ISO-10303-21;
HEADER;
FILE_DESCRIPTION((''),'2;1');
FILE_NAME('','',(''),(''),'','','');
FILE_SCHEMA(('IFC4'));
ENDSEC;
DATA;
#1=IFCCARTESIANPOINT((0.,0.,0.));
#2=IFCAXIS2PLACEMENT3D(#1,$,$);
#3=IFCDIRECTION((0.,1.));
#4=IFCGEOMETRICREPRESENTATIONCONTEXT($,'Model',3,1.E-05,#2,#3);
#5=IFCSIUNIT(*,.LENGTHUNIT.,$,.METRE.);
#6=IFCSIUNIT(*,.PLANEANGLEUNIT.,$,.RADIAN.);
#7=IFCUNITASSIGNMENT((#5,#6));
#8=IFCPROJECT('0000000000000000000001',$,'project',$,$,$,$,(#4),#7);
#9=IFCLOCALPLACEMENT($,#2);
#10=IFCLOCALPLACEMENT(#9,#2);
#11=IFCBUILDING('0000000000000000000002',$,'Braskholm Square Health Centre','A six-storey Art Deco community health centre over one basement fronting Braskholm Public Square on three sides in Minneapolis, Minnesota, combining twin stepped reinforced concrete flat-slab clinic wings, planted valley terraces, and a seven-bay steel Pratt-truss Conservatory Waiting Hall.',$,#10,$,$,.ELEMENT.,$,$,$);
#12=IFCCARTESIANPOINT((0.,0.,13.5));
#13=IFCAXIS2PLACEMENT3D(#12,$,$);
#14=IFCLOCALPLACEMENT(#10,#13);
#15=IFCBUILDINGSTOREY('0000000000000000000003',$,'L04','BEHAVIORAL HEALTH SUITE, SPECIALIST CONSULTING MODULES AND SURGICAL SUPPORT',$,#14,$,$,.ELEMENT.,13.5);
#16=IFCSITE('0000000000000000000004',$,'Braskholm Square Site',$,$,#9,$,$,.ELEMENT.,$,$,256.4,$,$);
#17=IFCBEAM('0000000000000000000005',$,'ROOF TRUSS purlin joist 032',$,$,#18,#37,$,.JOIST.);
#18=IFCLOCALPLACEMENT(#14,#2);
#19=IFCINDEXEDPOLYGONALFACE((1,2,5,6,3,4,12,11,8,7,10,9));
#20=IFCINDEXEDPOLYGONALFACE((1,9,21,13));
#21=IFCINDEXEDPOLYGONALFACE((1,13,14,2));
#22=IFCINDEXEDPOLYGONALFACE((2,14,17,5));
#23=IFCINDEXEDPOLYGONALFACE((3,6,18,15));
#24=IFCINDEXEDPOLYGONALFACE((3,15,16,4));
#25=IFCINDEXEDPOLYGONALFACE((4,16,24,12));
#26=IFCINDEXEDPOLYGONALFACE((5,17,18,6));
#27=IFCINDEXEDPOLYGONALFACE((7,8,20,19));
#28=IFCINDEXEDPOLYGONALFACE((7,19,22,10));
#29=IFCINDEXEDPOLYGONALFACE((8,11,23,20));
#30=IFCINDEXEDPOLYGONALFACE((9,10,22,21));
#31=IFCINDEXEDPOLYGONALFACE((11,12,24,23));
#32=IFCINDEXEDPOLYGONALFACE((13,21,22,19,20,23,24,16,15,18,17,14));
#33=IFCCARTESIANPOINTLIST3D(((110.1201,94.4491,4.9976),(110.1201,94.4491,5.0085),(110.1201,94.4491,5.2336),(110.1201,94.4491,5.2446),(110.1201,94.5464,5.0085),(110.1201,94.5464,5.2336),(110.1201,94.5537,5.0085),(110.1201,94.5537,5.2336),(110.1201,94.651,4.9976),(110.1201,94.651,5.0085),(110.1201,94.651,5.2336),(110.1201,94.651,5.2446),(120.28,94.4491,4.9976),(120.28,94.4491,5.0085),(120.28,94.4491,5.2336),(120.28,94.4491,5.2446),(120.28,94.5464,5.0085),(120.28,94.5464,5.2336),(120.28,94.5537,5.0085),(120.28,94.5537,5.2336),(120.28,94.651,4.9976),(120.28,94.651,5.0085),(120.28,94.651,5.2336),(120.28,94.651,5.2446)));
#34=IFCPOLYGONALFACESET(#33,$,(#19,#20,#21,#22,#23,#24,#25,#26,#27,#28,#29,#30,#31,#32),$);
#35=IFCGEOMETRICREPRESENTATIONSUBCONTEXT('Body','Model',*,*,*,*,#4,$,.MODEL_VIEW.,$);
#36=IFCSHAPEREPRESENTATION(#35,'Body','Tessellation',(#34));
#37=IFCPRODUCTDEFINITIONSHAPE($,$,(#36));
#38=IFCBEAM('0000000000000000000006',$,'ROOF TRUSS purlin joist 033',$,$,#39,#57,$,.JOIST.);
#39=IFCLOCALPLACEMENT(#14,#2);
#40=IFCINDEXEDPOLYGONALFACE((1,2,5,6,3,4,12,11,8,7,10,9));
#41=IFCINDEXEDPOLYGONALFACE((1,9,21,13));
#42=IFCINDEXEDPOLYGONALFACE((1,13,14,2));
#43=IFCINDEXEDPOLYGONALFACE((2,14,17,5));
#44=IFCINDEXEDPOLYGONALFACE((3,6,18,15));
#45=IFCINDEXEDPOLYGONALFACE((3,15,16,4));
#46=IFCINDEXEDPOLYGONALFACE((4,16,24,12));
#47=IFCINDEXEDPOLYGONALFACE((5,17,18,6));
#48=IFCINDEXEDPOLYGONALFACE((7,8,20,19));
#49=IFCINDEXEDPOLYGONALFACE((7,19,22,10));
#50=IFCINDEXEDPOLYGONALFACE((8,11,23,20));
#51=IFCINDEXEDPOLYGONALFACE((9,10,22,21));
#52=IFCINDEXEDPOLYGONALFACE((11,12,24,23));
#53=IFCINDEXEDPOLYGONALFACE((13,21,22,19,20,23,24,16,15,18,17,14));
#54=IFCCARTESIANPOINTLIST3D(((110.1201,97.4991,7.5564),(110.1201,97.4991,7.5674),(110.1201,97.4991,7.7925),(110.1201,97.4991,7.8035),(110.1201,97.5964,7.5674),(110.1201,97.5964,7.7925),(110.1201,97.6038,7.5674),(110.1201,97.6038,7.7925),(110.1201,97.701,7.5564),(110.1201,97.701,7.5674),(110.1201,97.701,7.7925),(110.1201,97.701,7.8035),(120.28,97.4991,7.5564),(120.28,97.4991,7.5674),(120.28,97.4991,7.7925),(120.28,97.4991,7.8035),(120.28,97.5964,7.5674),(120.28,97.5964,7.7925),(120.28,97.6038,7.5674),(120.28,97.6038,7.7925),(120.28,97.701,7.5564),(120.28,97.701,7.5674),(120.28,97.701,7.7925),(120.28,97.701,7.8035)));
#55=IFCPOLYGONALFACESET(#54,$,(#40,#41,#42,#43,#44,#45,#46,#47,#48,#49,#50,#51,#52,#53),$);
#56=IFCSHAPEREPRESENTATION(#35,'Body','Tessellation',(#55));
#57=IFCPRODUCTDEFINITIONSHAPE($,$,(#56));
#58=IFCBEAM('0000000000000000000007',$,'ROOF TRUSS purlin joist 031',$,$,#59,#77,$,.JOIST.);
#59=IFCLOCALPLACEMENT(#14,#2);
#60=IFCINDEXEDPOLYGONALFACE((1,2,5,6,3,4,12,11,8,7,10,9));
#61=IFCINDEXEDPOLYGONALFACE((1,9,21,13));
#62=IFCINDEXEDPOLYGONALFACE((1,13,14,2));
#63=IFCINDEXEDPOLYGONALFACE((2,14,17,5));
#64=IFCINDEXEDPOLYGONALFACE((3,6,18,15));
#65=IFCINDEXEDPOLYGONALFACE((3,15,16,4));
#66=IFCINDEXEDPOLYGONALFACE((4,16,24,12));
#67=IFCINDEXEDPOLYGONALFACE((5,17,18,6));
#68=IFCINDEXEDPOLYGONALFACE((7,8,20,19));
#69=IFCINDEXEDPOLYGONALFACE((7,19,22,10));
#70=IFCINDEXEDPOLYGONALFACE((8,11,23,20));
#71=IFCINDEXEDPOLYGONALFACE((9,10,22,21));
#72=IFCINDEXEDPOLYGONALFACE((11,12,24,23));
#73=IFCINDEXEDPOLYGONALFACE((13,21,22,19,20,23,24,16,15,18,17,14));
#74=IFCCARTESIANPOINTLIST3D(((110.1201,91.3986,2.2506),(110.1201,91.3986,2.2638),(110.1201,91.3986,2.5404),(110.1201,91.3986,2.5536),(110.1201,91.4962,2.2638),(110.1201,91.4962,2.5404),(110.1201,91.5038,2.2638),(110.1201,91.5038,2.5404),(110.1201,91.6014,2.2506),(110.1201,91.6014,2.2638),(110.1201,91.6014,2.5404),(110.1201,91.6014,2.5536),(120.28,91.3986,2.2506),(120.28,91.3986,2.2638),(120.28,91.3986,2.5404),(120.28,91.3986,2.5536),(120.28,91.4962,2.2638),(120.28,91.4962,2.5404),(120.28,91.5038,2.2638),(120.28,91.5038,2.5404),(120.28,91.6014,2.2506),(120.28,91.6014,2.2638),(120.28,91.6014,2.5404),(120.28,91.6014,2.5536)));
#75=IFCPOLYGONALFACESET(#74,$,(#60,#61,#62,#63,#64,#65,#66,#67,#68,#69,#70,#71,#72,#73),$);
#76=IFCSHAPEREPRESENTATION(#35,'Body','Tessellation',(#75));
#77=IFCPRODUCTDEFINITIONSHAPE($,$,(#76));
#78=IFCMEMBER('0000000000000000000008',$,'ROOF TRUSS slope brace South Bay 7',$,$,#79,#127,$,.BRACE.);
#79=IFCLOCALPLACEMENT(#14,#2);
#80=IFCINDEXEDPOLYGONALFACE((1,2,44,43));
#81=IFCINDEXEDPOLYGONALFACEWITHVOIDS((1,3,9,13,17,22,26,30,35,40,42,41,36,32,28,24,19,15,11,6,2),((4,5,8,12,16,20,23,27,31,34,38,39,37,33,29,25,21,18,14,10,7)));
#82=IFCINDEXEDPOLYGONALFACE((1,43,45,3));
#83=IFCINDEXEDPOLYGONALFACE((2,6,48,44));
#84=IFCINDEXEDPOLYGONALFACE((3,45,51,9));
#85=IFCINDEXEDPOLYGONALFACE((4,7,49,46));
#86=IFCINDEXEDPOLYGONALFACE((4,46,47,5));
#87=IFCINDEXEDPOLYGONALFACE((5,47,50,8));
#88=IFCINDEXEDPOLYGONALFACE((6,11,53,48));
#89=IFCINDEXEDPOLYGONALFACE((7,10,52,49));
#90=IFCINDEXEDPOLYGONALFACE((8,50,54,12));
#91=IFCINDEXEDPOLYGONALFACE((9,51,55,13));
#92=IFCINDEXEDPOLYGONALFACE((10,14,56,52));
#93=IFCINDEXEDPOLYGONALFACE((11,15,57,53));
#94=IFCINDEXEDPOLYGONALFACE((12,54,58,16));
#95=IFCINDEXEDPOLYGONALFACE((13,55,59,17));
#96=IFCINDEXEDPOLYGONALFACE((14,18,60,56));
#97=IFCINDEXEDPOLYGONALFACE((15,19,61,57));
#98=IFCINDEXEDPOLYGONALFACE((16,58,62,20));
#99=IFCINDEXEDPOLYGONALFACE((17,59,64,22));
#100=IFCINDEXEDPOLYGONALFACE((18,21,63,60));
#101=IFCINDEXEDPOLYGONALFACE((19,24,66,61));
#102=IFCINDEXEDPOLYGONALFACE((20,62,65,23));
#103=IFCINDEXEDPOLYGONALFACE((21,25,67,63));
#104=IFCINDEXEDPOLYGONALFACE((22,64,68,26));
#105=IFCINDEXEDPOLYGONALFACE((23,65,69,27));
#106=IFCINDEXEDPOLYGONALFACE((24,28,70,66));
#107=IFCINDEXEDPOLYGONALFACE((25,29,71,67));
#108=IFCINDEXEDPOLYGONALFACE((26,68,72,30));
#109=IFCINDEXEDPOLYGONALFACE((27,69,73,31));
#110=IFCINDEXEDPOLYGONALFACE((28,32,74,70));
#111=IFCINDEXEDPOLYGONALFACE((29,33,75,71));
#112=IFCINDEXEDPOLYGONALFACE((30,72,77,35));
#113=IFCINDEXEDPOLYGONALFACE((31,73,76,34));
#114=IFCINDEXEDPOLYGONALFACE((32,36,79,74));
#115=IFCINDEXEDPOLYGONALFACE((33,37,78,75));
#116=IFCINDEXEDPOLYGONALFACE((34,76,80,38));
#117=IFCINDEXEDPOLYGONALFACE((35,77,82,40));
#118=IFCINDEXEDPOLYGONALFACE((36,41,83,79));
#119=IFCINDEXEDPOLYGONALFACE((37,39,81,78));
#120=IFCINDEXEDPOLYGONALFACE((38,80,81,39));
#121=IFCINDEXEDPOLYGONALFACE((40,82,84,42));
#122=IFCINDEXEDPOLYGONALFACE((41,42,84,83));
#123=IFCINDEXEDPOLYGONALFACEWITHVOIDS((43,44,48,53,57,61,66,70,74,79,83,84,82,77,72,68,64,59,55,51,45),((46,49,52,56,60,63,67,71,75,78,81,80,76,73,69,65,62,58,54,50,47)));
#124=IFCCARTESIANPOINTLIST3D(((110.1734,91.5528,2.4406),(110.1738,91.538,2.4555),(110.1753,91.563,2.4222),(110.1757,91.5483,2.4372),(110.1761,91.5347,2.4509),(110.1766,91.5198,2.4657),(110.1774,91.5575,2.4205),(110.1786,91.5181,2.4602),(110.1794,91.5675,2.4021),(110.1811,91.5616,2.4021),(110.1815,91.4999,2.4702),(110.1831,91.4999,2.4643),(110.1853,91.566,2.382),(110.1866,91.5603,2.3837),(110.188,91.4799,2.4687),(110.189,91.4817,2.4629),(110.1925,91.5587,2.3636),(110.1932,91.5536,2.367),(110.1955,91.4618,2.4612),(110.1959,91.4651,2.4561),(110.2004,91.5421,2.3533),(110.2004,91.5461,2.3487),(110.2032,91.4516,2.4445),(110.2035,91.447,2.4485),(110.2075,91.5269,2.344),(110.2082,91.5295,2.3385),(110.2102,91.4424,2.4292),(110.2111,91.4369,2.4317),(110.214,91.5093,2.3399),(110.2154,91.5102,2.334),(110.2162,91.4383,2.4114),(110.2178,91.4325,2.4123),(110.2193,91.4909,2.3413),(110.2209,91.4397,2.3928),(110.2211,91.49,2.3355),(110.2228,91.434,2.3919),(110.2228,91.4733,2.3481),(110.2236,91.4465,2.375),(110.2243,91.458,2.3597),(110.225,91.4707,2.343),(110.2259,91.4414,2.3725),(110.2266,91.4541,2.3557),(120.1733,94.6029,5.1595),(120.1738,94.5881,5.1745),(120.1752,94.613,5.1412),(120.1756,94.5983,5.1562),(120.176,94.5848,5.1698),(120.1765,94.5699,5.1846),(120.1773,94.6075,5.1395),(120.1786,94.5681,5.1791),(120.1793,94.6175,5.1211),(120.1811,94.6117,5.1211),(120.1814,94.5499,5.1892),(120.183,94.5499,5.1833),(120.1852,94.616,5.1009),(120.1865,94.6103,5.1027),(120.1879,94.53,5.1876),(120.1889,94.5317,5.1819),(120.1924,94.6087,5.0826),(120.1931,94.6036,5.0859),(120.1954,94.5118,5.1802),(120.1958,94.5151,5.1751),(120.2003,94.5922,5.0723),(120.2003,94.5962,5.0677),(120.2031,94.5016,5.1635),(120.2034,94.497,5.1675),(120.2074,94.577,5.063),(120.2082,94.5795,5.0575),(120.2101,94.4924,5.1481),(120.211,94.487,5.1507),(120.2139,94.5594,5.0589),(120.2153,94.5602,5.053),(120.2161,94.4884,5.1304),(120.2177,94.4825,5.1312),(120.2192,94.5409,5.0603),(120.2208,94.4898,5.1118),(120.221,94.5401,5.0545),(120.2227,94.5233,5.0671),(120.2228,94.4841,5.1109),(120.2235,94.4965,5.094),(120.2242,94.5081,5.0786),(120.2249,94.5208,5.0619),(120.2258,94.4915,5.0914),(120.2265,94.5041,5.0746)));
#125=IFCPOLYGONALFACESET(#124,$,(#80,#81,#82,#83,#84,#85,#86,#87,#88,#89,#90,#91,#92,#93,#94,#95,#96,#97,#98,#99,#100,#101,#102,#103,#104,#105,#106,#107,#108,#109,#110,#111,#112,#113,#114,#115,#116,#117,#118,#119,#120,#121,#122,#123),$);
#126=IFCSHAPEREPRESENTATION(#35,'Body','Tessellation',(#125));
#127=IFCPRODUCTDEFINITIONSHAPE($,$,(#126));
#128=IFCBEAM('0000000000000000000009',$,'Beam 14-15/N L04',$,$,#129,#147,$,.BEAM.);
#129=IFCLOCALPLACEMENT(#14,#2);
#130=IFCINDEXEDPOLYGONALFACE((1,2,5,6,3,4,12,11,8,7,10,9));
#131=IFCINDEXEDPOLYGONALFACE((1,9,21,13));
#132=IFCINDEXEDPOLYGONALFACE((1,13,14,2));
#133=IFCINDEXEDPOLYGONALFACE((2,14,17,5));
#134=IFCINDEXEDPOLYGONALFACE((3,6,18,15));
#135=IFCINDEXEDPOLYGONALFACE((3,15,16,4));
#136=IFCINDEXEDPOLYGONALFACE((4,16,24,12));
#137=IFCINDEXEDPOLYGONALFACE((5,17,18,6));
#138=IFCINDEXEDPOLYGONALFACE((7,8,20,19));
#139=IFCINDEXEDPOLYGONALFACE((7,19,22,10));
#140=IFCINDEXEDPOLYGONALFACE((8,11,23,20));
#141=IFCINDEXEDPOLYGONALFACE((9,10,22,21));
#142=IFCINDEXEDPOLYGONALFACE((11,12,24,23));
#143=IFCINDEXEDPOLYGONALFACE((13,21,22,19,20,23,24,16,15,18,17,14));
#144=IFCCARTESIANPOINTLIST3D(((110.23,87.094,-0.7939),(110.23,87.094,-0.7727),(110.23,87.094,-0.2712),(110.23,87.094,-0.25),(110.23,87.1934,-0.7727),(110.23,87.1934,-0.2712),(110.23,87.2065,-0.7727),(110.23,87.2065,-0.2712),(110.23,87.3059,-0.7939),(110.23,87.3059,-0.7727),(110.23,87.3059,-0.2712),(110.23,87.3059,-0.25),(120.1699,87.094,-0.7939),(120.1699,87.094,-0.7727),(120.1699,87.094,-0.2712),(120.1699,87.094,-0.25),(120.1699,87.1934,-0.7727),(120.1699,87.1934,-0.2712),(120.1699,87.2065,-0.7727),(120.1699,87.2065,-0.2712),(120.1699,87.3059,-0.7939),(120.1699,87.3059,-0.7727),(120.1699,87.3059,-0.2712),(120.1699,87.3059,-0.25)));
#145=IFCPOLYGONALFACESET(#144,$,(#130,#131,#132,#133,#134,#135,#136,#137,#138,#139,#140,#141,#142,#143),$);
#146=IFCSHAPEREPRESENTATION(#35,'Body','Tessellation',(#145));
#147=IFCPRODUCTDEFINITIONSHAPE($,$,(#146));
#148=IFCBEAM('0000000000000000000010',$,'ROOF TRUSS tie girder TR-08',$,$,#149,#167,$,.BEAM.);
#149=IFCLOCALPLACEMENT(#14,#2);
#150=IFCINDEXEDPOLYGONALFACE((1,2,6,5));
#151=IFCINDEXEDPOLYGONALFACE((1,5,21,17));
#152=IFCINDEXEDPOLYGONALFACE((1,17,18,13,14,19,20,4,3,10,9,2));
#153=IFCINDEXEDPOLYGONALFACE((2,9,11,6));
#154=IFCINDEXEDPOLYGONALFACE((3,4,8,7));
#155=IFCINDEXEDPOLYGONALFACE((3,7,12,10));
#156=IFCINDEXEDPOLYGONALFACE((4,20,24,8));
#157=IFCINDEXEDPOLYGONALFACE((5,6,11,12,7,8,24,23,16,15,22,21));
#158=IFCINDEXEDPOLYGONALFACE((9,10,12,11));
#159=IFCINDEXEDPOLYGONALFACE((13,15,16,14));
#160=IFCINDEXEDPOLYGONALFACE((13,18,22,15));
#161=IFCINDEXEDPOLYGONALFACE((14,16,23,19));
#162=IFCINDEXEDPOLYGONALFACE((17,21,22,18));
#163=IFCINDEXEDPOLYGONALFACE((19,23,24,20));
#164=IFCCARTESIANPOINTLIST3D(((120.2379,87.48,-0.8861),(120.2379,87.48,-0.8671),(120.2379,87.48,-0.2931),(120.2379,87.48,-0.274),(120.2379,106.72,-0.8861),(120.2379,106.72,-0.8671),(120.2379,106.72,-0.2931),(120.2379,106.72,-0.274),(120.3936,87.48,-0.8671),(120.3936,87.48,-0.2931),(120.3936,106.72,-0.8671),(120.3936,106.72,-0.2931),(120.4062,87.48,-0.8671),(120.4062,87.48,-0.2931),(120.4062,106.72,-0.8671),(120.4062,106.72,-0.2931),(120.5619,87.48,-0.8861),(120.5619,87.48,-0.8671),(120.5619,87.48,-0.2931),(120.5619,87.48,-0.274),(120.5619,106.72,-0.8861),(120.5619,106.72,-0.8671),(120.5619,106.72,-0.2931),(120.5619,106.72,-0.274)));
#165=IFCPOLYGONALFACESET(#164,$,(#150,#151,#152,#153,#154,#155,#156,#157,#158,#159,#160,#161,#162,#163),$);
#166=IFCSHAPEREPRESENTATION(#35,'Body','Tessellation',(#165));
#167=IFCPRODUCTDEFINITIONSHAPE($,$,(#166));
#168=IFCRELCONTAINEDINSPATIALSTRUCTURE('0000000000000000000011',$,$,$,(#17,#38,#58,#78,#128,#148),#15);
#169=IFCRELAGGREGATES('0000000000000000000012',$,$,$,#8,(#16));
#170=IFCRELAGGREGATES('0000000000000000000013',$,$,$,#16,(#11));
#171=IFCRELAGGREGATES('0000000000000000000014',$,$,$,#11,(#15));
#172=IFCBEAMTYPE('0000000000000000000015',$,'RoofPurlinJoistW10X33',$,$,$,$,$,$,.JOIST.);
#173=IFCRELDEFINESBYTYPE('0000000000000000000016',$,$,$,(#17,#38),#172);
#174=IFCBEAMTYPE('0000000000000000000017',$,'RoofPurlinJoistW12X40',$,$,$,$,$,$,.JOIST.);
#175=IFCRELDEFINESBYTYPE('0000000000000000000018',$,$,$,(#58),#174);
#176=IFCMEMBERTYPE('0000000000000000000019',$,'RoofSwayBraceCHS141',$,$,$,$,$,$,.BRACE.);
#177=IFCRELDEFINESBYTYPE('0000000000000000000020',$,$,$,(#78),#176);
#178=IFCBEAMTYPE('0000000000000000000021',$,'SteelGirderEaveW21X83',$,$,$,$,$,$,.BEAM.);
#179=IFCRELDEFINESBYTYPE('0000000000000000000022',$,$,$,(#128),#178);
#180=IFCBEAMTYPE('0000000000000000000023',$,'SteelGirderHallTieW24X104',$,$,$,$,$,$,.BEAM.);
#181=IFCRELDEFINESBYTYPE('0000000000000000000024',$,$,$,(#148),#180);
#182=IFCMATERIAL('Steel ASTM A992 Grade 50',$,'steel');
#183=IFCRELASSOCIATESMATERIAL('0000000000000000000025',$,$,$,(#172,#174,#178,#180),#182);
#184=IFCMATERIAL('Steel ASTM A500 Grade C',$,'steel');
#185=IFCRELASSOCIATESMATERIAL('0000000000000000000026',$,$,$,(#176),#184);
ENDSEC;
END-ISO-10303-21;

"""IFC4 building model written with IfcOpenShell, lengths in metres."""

from ifc_helpers import new_model, si_unit, direction, frame, origin, origin_2d, place, context, subcontext, project, spatial, hollow_circle, i_section, extrude, material, material_profile, profile_set, type_object, element, save


model = new_model("IFC4")

# Units and contexts
model_context = context("Model", 3, precision=1e-05, world=origin(), true_north=direction((0.0, 1.0)))
body_context = subcontext(model_context, "Body", "Model", "MODEL_VIEW")
ifc_project = project(units=[si_unit("LENGTHUNIT", "METRE"), si_unit("PLANEANGLEUNIT", "RADIAN")], contexts=[model_context])

# Site, building, storey
site_placement = place(None, origin())
site = spatial("IfcSite", under=ifc_project, at=site_placement, Name="Braskholm Square Site", CompositionType="ELEMENT", RefElevation=256.4)
building_placement = place(site_placement, origin())
building = spatial("IfcBuilding", under=site, at=building_placement, Name="Braskholm Square Health Centre", Description="A six-storey Art Deco community health centre over one basement fronting Braskholm Public Square on three sides in Minneapolis, Minnesota, combining twin stepped reinforced concrete flat-slab clinic wings, planted valley terraces, and a seven-bay steel Pratt-truss Conservatory Waiting Hall.", CompositionType="ELEMENT")
storey_placement = place(building_placement, frame((0.0, 0.0, 13.5)))
storey = spatial("IfcBuildingStorey", under=building, at=storey_placement, Name="L04", Description="BEHAVIORAL HEALTH SUITE, SPECIALIST CONSULTING MODULES AND SURGICAL SUPPORT", CompositionType="ELEMENT", Elevation=13.5)

# Beams
ifc_material_1 = material(Name="Steel ASTM A992 Grade 50", Category="steel")
ifc_material_profile_1 = material_profile(ifc_material_1, i_section(OverallWidth=0.2019, OverallDepth=0.2471, WebThickness=0.0073, FlangeThickness=0.011, at=origin_2d()), Name="W10X33")
ifc_profile_set_1 = profile_set([ifc_material_profile_1], Name="Steel ASTM A992 Grade 50")
beam_type_1 = type_object("IfcBeamType", Name="RoofPurlinJoistW10X33", PredefinedType="JOIST", material=ifc_profile_set_1)
for number, where, z_axis, x_axis, name in (
    (1, (110.1201, 94.55, 5.1211), (1.0, 0.0, 0.0), (0.0, 1.0, 0.0), "ROOF TRUSS purlin joist 032"),
    (2, (110.1201, 97.6001, 7.6799), (1.0, 0.0, 0.0), (0.0, 1.0, 0.0), "ROOF TRUSS purlin joist 033"),
):
    element("IfcBeam", number, at=place(storey_placement, frame(where, z_axis=z_axis, x_axis=x_axis)), inside=storey, type_object=beam_type_1, Name=name, PredefinedType="JOIST", context=body_context, shape_type="SweptSolid", body=[
        extrude(i_section(OverallWidth=0.2019, OverallDepth=0.2471, WebThickness=0.0073, FlangeThickness=0.011, at=origin_2d()), origin(), (0.0, 0.0, 1.0), 10.1599),
    ])
ifc_material_profile_2 = material_profile(ifc_material_1, i_section(OverallWidth=0.2029, OverallDepth=0.303, WebThickness=0.0076, FlangeThickness=0.0132, at=origin_2d()), Name="W12X40")
ifc_profile_set_2 = profile_set([ifc_material_profile_2], Name="Steel ASTM A992 Grade 50")
beam_type_2 = type_object("IfcBeamType", Name="RoofPurlinJoistW12X40", PredefinedType="JOIST", material=ifc_profile_set_2)
beam_1_placement = place(storey_placement, frame((110.1201, 91.5, 2.4021), z_axis=(1.0, 0.0, 0.0), x_axis=(0.0, 1.0, 0.0)))
element("IfcBeam", 3, at=beam_1_placement, inside=storey, type_object=beam_type_2, Name="ROOF TRUSS purlin joist 031", PredefinedType="JOIST", context=body_context, shape_type="SweptSolid", body=[
    extrude(i_section(OverallWidth=0.2029, OverallDepth=0.303, WebThickness=0.0076, FlangeThickness=0.0132, at=origin_2d()), origin(), (0.0, 0.0, 1.0), 10.1599),
])

# Member
ifc_material_2 = material(Name="Steel ASTM A500 Grade C", Category="steel")
ifc_material_profile_3 = material_profile(ifc_material_2, hollow_circle(Radius=0.0706, WallThickness=0.0061, at=origin_2d()), Name="HSS5.563X0.258")
ifc_profile_set_3 = profile_set([ifc_material_profile_3], Name="Steel ASTM A500 Grade C")
member_type_1 = type_object("IfcMemberType", Name="RoofSwayBraceCHS141", PredefinedType="BRACE", material=ifc_profile_set_3)
member_1_placement = place(storey_placement, frame((110.2, 91.5, 2.4021), z_axis=(0.925705, 0.282344, 0.251699), x_axis=(-0.291737, 0.956499, 0.0)))
element("IfcMember", 4, at=member_1_placement, inside=storey, type_object=member_type_1, Name="ROOF TRUSS slope brace South Bay 7", PredefinedType="BRACE", context=body_context, shape_type="SweptSolid", body=[
    extrude(hollow_circle(Radius=0.0706, WallThickness=0.0061, at=origin_2d()), origin(), (0.0, 0.0, 1.0), 10.8025),
])

# Beams
ifc_material_profile_4 = material_profile(ifc_material_1, i_section(OverallWidth=0.2119, OverallDepth=0.5439, WebThickness=0.0132, FlangeThickness=0.0212, at=origin_2d()), Name="W21X83")
ifc_profile_set_4 = profile_set([ifc_material_profile_4], Name="Steel ASTM A992 Grade 50")
beam_type_3 = type_object("IfcBeamType", Name="SteelGirderEaveW21X83", PredefinedType="BEAM", material=ifc_profile_set_4)
beam_2_placement = place(storey_placement, frame((110.23, 87.2, -0.522), z_axis=(1.0, 0.0, 0.0), x_axis=(0.0, 1.0, 0.0)))
element("IfcBeam", 5, at=beam_2_placement, inside=storey, type_object=beam_type_3, Name="Beam 14-15/N L04", PredefinedType="BEAM", context=body_context, shape_type="SweptSolid", body=[
    extrude(i_section(OverallWidth=0.2119, OverallDepth=0.5439, WebThickness=0.0132, FlangeThickness=0.0212, at=origin_2d()), origin(), (0.0, 0.0, 1.0), 9.9399),
])
ifc_material_profile_5 = material_profile(ifc_material_1, i_section(OverallWidth=0.324, OverallDepth=0.6121, WebThickness=0.0127, FlangeThickness=0.019, at=origin_2d()), Name="W24X104")
ifc_profile_set_5 = profile_set([ifc_material_profile_5], Name="Steel ASTM A992 Grade 50")
beam_type_4 = type_object("IfcBeamType", Name="SteelGirderHallTieW24X104", PredefinedType="BEAM", material=ifc_profile_set_5)
beam_3_placement = place(storey_placement, frame((120.3999, 87.48, -0.5801), z_axis=(0.0, 1.0, 0.0), x_axis=(-1.0, 0.0, 0.0)))
element("IfcBeam", 6, at=beam_3_placement, inside=storey, type_object=beam_type_4, Name="ROOF TRUSS tie girder TR-08", PredefinedType="BEAM", context=body_context, shape_type="SweptSolid", body=[
    extrude(i_section(OverallWidth=0.324, OverallDepth=0.6121, WebThickness=0.0127, FlangeThickness=0.019, at=origin_2d()), origin(), (0.0, 0.0, 1.0), 19.24),
])

save(model, "model.ifc")
